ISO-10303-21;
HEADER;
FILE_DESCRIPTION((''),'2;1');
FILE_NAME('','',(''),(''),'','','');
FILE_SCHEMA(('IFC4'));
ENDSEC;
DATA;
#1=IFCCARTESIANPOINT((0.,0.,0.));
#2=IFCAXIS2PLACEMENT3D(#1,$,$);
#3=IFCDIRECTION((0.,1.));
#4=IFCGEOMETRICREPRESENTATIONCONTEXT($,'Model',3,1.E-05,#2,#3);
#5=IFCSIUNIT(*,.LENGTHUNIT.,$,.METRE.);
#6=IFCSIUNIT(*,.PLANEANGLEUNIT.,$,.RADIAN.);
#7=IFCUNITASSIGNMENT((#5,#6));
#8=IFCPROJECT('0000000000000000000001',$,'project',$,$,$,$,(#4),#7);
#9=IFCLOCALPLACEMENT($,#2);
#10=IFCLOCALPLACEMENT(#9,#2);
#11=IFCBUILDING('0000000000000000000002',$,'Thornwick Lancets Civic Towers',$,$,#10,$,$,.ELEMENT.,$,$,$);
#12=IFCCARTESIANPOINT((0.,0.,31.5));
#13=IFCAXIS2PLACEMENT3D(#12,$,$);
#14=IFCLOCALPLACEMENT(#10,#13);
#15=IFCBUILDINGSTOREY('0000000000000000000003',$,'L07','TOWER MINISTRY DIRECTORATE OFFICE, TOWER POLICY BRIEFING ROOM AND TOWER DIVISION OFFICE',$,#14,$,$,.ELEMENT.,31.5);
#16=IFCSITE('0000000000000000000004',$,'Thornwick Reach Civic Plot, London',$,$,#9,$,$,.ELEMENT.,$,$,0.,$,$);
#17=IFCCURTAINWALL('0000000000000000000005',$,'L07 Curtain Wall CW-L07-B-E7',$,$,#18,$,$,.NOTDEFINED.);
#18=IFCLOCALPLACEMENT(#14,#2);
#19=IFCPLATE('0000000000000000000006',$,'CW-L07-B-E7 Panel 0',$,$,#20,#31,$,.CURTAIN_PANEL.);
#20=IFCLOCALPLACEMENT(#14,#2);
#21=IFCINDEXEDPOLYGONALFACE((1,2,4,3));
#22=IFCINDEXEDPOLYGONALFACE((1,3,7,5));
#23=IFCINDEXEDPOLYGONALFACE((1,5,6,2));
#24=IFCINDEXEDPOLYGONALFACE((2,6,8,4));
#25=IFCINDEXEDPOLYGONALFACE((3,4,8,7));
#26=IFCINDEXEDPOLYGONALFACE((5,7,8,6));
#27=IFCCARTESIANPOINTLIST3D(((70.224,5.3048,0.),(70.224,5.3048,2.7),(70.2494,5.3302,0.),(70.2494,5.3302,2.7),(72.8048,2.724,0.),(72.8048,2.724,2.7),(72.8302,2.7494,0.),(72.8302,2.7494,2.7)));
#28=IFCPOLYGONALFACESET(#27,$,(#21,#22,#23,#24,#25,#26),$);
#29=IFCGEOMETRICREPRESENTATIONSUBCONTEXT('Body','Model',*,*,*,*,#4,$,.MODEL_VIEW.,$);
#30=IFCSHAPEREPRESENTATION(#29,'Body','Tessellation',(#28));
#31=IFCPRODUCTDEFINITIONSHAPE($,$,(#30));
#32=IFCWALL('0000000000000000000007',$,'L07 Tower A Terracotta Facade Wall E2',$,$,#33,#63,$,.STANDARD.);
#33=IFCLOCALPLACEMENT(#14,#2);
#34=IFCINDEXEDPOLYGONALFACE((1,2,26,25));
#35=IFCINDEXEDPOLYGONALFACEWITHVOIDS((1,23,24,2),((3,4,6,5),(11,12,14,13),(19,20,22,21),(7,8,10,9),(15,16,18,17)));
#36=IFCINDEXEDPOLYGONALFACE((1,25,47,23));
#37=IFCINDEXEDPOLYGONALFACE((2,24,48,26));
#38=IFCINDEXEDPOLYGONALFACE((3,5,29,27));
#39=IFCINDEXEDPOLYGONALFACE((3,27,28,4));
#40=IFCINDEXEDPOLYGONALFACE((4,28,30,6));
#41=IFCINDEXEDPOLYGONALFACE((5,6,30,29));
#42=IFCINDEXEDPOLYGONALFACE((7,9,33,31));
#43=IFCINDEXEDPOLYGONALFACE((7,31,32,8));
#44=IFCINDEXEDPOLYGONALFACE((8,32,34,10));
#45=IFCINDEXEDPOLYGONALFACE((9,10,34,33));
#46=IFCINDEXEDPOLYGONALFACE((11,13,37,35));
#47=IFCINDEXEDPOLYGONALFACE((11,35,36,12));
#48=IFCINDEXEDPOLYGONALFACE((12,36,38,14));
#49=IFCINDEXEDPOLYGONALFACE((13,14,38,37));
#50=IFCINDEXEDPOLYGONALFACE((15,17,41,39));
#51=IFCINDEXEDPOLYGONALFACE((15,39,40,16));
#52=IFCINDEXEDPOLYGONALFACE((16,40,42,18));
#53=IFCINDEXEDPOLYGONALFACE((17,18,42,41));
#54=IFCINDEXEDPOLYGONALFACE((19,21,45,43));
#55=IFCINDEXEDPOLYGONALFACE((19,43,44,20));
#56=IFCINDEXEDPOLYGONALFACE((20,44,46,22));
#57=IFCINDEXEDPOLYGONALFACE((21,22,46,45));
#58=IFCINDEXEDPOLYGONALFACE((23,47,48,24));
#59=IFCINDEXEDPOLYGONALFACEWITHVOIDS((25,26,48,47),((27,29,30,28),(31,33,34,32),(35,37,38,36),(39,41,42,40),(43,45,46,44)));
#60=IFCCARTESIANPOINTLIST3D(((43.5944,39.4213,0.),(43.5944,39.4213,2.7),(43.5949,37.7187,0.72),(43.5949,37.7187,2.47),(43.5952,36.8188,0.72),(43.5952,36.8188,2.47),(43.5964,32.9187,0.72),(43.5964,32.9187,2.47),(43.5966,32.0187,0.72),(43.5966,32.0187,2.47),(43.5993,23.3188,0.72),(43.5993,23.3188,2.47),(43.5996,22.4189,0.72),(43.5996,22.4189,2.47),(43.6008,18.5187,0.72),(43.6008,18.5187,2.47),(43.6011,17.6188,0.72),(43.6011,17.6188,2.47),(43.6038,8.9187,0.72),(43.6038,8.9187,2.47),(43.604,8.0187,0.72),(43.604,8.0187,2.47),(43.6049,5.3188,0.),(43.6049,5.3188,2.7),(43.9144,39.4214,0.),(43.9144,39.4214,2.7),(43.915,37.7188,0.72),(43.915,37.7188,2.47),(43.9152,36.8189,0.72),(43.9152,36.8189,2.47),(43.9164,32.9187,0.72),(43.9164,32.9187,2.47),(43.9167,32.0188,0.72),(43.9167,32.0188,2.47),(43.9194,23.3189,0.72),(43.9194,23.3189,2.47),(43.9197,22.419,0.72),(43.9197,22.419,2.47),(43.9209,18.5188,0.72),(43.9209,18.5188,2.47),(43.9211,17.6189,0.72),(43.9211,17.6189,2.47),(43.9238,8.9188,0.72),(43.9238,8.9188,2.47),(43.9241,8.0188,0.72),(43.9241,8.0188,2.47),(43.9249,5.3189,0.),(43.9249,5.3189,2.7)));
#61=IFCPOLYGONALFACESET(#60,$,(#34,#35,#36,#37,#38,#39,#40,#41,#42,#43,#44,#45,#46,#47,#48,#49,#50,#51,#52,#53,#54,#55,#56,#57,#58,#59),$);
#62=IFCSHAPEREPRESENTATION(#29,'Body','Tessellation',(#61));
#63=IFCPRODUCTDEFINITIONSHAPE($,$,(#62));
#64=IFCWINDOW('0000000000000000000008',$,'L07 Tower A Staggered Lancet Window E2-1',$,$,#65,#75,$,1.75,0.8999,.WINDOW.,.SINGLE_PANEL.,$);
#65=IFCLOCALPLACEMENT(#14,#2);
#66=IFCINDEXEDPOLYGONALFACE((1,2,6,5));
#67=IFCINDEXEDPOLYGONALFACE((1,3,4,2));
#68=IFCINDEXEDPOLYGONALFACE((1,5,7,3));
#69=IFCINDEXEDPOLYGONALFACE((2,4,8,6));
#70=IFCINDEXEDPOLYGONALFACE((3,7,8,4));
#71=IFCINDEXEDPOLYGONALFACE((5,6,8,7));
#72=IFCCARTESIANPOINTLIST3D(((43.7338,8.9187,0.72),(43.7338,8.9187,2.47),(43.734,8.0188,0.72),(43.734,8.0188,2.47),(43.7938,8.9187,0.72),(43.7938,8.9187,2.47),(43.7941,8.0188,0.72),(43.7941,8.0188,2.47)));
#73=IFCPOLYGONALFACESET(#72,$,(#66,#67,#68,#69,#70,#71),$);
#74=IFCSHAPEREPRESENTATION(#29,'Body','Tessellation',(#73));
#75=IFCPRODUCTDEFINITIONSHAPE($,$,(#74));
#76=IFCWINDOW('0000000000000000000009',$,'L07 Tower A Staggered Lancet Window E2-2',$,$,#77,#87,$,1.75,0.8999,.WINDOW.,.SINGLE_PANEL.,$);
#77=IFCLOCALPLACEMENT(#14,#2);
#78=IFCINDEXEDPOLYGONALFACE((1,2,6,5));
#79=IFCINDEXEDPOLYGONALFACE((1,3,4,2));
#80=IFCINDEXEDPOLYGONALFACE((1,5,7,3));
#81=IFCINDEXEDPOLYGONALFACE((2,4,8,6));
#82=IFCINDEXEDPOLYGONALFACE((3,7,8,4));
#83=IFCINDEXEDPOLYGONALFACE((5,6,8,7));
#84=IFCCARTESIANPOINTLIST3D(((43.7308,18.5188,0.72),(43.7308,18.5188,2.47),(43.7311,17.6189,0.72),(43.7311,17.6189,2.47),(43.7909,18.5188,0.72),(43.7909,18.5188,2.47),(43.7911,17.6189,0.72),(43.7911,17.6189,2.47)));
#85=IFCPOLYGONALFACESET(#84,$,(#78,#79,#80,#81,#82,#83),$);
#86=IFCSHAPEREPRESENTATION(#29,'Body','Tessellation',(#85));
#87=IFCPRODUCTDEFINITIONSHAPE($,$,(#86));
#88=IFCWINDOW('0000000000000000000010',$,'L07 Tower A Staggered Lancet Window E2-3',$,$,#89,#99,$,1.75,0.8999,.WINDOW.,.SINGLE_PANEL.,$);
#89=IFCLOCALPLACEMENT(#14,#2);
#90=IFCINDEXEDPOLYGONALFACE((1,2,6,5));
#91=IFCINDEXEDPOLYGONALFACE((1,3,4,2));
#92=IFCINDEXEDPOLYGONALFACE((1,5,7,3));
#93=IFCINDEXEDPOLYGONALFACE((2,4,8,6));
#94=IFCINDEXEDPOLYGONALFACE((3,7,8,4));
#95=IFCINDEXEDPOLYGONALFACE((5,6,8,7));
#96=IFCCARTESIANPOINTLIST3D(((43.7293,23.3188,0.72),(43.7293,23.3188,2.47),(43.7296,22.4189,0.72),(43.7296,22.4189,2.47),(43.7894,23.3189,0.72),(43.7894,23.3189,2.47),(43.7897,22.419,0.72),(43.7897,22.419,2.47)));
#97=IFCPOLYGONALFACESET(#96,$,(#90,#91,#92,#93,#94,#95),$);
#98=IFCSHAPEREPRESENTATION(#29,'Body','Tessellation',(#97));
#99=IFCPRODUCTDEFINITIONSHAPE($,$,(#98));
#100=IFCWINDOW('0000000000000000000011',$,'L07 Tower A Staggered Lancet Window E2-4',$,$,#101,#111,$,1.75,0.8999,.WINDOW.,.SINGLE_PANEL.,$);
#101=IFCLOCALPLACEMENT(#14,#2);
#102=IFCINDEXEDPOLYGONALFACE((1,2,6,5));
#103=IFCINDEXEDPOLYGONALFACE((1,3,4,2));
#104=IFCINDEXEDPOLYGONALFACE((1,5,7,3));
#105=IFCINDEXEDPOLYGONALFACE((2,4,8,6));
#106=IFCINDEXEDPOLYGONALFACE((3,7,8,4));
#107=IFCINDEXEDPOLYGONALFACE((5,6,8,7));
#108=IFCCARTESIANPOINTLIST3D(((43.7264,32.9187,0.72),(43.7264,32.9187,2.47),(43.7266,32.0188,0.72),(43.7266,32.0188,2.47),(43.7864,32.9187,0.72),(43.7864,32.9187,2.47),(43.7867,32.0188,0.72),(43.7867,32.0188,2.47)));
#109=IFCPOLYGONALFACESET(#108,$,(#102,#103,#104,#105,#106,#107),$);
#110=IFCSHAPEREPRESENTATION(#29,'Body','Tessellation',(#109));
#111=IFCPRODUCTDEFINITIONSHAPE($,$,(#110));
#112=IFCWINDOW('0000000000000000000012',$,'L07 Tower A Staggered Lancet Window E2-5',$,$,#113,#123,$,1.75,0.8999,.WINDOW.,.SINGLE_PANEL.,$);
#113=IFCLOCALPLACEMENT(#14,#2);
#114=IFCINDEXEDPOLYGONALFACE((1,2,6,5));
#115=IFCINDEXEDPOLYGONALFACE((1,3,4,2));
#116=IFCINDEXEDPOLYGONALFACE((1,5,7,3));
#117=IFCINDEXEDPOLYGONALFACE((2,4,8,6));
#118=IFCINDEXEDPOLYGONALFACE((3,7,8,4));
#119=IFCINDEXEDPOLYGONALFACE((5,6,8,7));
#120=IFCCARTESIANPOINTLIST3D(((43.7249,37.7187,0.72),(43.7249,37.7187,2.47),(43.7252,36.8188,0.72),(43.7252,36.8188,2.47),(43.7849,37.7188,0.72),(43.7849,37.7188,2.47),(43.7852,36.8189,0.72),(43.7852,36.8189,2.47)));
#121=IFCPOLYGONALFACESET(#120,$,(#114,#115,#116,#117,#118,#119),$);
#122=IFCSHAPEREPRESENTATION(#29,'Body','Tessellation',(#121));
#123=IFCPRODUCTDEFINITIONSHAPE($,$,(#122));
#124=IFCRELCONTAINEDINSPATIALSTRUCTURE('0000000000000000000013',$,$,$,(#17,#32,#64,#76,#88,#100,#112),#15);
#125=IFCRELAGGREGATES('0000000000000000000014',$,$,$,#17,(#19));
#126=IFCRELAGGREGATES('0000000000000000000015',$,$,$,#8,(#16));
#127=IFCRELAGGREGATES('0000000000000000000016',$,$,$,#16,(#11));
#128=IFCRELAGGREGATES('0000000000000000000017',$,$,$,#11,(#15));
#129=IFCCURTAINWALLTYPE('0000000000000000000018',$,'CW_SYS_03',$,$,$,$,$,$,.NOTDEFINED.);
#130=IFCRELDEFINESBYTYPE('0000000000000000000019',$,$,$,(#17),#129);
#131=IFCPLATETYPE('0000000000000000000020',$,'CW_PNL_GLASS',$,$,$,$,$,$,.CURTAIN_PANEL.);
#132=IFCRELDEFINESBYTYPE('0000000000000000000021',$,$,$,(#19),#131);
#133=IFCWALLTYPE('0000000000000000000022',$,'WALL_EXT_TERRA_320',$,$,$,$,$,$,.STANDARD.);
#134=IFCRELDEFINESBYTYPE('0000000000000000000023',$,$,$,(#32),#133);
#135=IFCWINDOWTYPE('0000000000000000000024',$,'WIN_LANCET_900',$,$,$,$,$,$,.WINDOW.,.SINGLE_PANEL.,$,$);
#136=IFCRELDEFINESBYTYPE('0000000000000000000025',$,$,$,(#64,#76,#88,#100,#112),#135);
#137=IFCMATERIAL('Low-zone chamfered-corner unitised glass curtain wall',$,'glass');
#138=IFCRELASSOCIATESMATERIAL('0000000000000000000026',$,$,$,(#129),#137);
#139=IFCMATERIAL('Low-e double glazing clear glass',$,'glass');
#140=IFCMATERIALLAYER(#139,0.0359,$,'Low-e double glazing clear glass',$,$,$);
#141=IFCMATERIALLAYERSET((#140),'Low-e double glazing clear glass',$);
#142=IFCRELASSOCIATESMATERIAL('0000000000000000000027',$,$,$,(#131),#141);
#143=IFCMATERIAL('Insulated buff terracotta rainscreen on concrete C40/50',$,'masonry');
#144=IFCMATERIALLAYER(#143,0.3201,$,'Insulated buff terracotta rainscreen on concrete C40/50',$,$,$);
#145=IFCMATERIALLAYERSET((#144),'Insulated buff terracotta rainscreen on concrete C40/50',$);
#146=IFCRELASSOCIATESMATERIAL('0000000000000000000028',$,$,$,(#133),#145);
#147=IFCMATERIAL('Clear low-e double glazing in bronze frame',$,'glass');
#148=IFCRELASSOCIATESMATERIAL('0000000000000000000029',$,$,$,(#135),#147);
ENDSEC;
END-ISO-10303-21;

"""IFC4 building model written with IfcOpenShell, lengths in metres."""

from ifc_helpers import new_model, si_unit, direction, frame, frame_2d, origin, origin_2d, place, context, subcontext, project, spatial, rectangle, extrude, material, layer, layer_set, type_object, element, fill, aggregate, save


model = new_model("IFC4")

# Units and contexts
model_context = context("Model", 3, precision=1e-05, world=origin(), true_north=direction((0.0, 1.0)))
body_context = subcontext(model_context, "Body", "Model", "MODEL_VIEW")
ifc_project = project(units=[si_unit("LENGTHUNIT", "METRE"), si_unit("PLANEANGLEUNIT", "RADIAN")], contexts=[model_context])

# Site, building, storey
site_placement = place(None, origin())
site = spatial("IfcSite", under=ifc_project, at=site_placement, Name="Thornwick Reach Civic Plot, London", CompositionType="ELEMENT", RefElevation=0.0)
building_placement = place(site_placement, origin())
building = spatial("IfcBuilding", under=site, at=building_placement, Name="Thornwick Lancets Civic Towers", CompositionType="ELEMENT")
storey_placement = place(building_placement, frame((0.0, 0.0, 31.5)))
storey = spatial("IfcBuildingStorey", under=building, at=storey_placement, Name="L07", Description="TOWER MINISTRY DIRECTORATE OFFICE, TOWER POLICY BRIEFING ROOM AND TOWER DIVISION OFFICE", CompositionType="ELEMENT", Elevation=31.5)

# Shared definitions
ifc_material_1 = material(Name="Low-zone chamfered-corner unitised glass curtain wall", Category="glass")
curtain_wall_type = type_object("IfcCurtainWallType", Name="CW_SYS_03", PredefinedType="NOTDEFINED", material=ifc_material_1)

# Curtain wall, plate
curtain_wall_1_placement = place(storey_placement, origin())
curtain_wall_1 = element("IfcCurtainWall", 1, at=curtain_wall_1_placement, inside=storey, type_object=curtain_wall_type, Name="L07 Curtain Wall CW-L07-B-E7", PredefinedType="NOTDEFINED")
ifc_material_2 = material(Name="Low-e double glazing clear glass", Category="glass")
ifc_layer_1 = layer(ifc_material_2, 0.0359, Name="Low-e double glazing clear glass")
ifc_layer_set_1 = layer_set([ifc_layer_1], Name="Low-e double glazing clear glass")
plate_type = type_object("IfcPlateType", Name="CW_PNL_GLASS", PredefinedType="CURTAIN_PANEL", material=ifc_layer_set_1)
plate_placement = place(storey_placement, frame((71.5271, 4.0271, 0.0), z_axis=(0.0, 0.0, 1.0), x_axis=(0.707107, -0.707107, 0.0)))
plate = element("IfcPlate", 2, at=plate_placement, type_object=plate_type, Name="CW-L07-B-E7 Panel 0", PredefinedType="CURTAIN_PANEL", context=body_context, shape_type="SweptSolid", body=[
    extrude(rectangle(XDim=3.6499, YDim=0.0359, at=origin_2d()), origin(), (0.0, 0.0, 1.0), 2.7),
])
aggregate(curtain_wall_1, [plate])

# Wall, openings, windows
ifc_material_3 = material(Name="Insulated buff terracotta rainscreen on concrete C40/50", Category="masonry")
ifc_layer_2 = layer(ifc_material_3, 0.3201, Name="Insulated buff terracotta rainscreen on concrete C40/50")
ifc_layer_set_2 = layer_set([ifc_layer_2], Name="Insulated buff terracotta rainscreen on concrete C40/50")
wall_type_1 = type_object("IfcWallType", Name="WALL_EXT_TERRA_320", PredefinedType="STANDARD", material=ifc_layer_set_2)
wall_1_placement = place(storey_placement, frame((43.7649, 5.3188, 0.0), z_axis=(0.0, 0.0, 1.0), x_axis=(-0.000308, 1.0, 0.0)))
wall_1 = element("IfcWall", 3, at=wall_1_placement, inside=storey, type_object=wall_type_1, Name="L07 Tower A Terracotta Facade Wall E2", PredefinedType="STANDARD", context=body_context, shape_type="SweptSolid", body=[
    extrude(rectangle(XDim=34.1025, YDim=0.3201, at=frame_2d((17.0513, 0.0))), origin(), (0.0, 0.0, 1.0), 2.7),
])
opening_1_placement = place(wall_1_placement, frame((2.7, 0.0, 0.72)))
opening_1 = element("IfcOpeningElement", 4, at=opening_1_placement, cuts=wall_1, PredefinedType="OPENING", context=body_context, shape_type="SweptSolid", body=[
    extrude(rectangle(XDim=0.8999, YDim=1.75, at=frame_2d((0.45, 0.875))), frame((0.0, 0.1699, 0.0), z_axis=(0.0, -1.0, 0.0), x_axis=(1.0, 0.0, 0.0)), (0.0, 0.0, 1.0), 0.3401),
])
opening_2_placement = place(wall_1_placement, frame((12.3, 0.0, 0.72)))
opening_2 = element("IfcOpeningElement", 5, at=opening_2_placement, cuts=wall_1, PredefinedType="OPENING", context=body_context, shape_type="SweptSolid", body=[
    extrude(rectangle(XDim=0.8999, YDim=1.75, at=frame_2d((0.45, 0.875))), frame((0.0, 0.1699, 0.0), z_axis=(0.0, -1.0, 0.0), x_axis=(1.0, 0.0, 0.0)), (0.0, 0.0, 1.0), 0.3401),
])
opening_3_placement = place(wall_1_placement, frame((17.1001, 0.0, 0.72)))
opening_3 = element("IfcOpeningElement", 6, at=opening_3_placement, cuts=wall_1, PredefinedType="OPENING", context=body_context, shape_type="SweptSolid", body=[
    extrude(rectangle(XDim=0.8999, YDim=1.75, at=frame_2d((0.45, 0.875))), frame((0.0, 0.1699, 0.0), z_axis=(0.0, -1.0, 0.0), x_axis=(1.0, 0.0, 0.0)), (0.0, 0.0, 1.0), 0.3401),
])
opening_4_placement = place(wall_1_placement, frame((26.7, 0.0, 0.72)))
opening_4 = element("IfcOpeningElement", 7, at=opening_4_placement, cuts=wall_1, PredefinedType="OPENING", context=body_context, shape_type="SweptSolid", body=[
    extrude(rectangle(XDim=0.8999, YDim=1.75, at=frame_2d((0.45, 0.875))), frame((0.0, 0.1699, 0.0), z_axis=(0.0, -1.0, 0.0), x_axis=(1.0, 0.0, 0.0)), (0.0, 0.0, 1.0), 0.3401),
])
opening_5_placement = place(wall_1_placement, frame((31.5, 0.0, 0.72)))
opening_5 = element("IfcOpeningElement", 8, at=opening_5_placement, cuts=wall_1, PredefinedType="OPENING", context=body_context, shape_type="SweptSolid", body=[
    extrude(rectangle(XDim=0.8999, YDim=1.75, at=frame_2d((0.45, 0.875))), frame((0.0, 0.1699, 0.0), z_axis=(0.0, -1.0, 0.0), x_axis=(1.0, 0.0, 0.0)), (0.0, 0.0, 1.0), 0.3401),
])
ifc_material_4 = material(Name="Clear low-e double glazing in bronze frame", Category="glass")
window_type = type_object("IfcWindowType", Name="WIN_LANCET_900", PartitioningType="SINGLE_PANEL", PredefinedType="WINDOW", material=ifc_material_4)
window_1_placement = place(opening_1_placement, origin())
window_1 = element("IfcWindow", 9, at=window_1_placement, inside=storey, type_object=window_type, Name="L07 Tower A Staggered Lancet Window E2-1", OverallHeight=1.75, OverallWidth=0.8999, PartitioningType="SINGLE_PANEL", PredefinedType="WINDOW", context=body_context, shape_type="SweptSolid", body=[
    extrude(rectangle(XDim=0.8999, YDim=1.75, at=frame_2d((0.45, 0.875))), frame((0.0, 0.03, 0.0), z_axis=(0.0, -1.0, 0.0), x_axis=(1.0, 0.0, 0.0)), (0.0, 0.0, 1.0), 0.0601),
])
fill(opening_1, window_1)
window_2_placement = place(opening_2_placement, origin())
window_2 = element("IfcWindow", 10, at=window_2_placement, inside=storey, type_object=window_type, Name="L07 Tower A Staggered Lancet Window E2-2", OverallHeight=1.75, OverallWidth=0.8999, PartitioningType="SINGLE_PANEL", PredefinedType="WINDOW", context=body_context, shape_type="SweptSolid", body=[
    extrude(rectangle(XDim=0.8999, YDim=1.75, at=frame_2d((0.45, 0.875))), frame((0.0, 0.03, 0.0), z_axis=(0.0, -1.0, 0.0), x_axis=(1.0, 0.0, 0.0)), (0.0, 0.0, 1.0), 0.0601),
])
fill(opening_2, window_2)
window_3_placement = place(opening_3_placement, origin())
window_3 = element("IfcWindow", 11, at=window_3_placement, inside=storey, type_object=window_type, Name="L07 Tower A Staggered Lancet Window E2-3", OverallHeight=1.75, OverallWidth=0.8999, PartitioningType="SINGLE_PANEL", PredefinedType="WINDOW", context=body_context, shape_type="SweptSolid", body=[
    extrude(rectangle(XDim=0.8999, YDim=1.75, at=frame_2d((0.45, 0.875))), frame((0.0, 0.03, 0.0), z_axis=(0.0, -1.0, 0.0), x_axis=(1.0, 0.0, 0.0)), (0.0, 0.0, 1.0), 0.0601),
])
fill(opening_3, window_3)
window_4_placement = place(opening_4_placement, origin())
window_4 = element("IfcWindow", 12, at=window_4_placement, inside=storey, type_object=window_type, Name="L07 Tower A Staggered Lancet Window E2-4", OverallHeight=1.75, OverallWidth=0.8999, PartitioningType="SINGLE_PANEL", PredefinedType="WINDOW", context=body_context, shape_type="SweptSolid", body=[
    extrude(rectangle(XDim=0.8999, YDim=1.75, at=frame_2d((0.45, 0.875))), frame((0.0, 0.03, 0.0), z_axis=(0.0, -1.0, 0.0), x_axis=(1.0, 0.0, 0.0)), (0.0, 0.0, 1.0), 0.0601),
])
fill(opening_4, window_4)
window_5_placement = place(opening_5_placement, origin())
window_5 = element("IfcWindow", 13, at=window_5_placement, inside=storey, type_object=window_type, Name="L07 Tower A Staggered Lancet Window E2-5", OverallHeight=1.75, OverallWidth=0.8999, PartitioningType="SINGLE_PANEL", PredefinedType="WINDOW", context=body_context, shape_type="SweptSolid", body=[
    extrude(rectangle(XDim=0.8999, YDim=1.75, at=frame_2d((0.45, 0.875))), frame((0.0, 0.03, 0.0), z_axis=(0.0, -1.0, 0.0), x_axis=(1.0, 0.0, 0.0)), (0.0, 0.0, 1.0), 0.0601),
])
fill(opening_5, window_5)

save(model, "model.ifc")
